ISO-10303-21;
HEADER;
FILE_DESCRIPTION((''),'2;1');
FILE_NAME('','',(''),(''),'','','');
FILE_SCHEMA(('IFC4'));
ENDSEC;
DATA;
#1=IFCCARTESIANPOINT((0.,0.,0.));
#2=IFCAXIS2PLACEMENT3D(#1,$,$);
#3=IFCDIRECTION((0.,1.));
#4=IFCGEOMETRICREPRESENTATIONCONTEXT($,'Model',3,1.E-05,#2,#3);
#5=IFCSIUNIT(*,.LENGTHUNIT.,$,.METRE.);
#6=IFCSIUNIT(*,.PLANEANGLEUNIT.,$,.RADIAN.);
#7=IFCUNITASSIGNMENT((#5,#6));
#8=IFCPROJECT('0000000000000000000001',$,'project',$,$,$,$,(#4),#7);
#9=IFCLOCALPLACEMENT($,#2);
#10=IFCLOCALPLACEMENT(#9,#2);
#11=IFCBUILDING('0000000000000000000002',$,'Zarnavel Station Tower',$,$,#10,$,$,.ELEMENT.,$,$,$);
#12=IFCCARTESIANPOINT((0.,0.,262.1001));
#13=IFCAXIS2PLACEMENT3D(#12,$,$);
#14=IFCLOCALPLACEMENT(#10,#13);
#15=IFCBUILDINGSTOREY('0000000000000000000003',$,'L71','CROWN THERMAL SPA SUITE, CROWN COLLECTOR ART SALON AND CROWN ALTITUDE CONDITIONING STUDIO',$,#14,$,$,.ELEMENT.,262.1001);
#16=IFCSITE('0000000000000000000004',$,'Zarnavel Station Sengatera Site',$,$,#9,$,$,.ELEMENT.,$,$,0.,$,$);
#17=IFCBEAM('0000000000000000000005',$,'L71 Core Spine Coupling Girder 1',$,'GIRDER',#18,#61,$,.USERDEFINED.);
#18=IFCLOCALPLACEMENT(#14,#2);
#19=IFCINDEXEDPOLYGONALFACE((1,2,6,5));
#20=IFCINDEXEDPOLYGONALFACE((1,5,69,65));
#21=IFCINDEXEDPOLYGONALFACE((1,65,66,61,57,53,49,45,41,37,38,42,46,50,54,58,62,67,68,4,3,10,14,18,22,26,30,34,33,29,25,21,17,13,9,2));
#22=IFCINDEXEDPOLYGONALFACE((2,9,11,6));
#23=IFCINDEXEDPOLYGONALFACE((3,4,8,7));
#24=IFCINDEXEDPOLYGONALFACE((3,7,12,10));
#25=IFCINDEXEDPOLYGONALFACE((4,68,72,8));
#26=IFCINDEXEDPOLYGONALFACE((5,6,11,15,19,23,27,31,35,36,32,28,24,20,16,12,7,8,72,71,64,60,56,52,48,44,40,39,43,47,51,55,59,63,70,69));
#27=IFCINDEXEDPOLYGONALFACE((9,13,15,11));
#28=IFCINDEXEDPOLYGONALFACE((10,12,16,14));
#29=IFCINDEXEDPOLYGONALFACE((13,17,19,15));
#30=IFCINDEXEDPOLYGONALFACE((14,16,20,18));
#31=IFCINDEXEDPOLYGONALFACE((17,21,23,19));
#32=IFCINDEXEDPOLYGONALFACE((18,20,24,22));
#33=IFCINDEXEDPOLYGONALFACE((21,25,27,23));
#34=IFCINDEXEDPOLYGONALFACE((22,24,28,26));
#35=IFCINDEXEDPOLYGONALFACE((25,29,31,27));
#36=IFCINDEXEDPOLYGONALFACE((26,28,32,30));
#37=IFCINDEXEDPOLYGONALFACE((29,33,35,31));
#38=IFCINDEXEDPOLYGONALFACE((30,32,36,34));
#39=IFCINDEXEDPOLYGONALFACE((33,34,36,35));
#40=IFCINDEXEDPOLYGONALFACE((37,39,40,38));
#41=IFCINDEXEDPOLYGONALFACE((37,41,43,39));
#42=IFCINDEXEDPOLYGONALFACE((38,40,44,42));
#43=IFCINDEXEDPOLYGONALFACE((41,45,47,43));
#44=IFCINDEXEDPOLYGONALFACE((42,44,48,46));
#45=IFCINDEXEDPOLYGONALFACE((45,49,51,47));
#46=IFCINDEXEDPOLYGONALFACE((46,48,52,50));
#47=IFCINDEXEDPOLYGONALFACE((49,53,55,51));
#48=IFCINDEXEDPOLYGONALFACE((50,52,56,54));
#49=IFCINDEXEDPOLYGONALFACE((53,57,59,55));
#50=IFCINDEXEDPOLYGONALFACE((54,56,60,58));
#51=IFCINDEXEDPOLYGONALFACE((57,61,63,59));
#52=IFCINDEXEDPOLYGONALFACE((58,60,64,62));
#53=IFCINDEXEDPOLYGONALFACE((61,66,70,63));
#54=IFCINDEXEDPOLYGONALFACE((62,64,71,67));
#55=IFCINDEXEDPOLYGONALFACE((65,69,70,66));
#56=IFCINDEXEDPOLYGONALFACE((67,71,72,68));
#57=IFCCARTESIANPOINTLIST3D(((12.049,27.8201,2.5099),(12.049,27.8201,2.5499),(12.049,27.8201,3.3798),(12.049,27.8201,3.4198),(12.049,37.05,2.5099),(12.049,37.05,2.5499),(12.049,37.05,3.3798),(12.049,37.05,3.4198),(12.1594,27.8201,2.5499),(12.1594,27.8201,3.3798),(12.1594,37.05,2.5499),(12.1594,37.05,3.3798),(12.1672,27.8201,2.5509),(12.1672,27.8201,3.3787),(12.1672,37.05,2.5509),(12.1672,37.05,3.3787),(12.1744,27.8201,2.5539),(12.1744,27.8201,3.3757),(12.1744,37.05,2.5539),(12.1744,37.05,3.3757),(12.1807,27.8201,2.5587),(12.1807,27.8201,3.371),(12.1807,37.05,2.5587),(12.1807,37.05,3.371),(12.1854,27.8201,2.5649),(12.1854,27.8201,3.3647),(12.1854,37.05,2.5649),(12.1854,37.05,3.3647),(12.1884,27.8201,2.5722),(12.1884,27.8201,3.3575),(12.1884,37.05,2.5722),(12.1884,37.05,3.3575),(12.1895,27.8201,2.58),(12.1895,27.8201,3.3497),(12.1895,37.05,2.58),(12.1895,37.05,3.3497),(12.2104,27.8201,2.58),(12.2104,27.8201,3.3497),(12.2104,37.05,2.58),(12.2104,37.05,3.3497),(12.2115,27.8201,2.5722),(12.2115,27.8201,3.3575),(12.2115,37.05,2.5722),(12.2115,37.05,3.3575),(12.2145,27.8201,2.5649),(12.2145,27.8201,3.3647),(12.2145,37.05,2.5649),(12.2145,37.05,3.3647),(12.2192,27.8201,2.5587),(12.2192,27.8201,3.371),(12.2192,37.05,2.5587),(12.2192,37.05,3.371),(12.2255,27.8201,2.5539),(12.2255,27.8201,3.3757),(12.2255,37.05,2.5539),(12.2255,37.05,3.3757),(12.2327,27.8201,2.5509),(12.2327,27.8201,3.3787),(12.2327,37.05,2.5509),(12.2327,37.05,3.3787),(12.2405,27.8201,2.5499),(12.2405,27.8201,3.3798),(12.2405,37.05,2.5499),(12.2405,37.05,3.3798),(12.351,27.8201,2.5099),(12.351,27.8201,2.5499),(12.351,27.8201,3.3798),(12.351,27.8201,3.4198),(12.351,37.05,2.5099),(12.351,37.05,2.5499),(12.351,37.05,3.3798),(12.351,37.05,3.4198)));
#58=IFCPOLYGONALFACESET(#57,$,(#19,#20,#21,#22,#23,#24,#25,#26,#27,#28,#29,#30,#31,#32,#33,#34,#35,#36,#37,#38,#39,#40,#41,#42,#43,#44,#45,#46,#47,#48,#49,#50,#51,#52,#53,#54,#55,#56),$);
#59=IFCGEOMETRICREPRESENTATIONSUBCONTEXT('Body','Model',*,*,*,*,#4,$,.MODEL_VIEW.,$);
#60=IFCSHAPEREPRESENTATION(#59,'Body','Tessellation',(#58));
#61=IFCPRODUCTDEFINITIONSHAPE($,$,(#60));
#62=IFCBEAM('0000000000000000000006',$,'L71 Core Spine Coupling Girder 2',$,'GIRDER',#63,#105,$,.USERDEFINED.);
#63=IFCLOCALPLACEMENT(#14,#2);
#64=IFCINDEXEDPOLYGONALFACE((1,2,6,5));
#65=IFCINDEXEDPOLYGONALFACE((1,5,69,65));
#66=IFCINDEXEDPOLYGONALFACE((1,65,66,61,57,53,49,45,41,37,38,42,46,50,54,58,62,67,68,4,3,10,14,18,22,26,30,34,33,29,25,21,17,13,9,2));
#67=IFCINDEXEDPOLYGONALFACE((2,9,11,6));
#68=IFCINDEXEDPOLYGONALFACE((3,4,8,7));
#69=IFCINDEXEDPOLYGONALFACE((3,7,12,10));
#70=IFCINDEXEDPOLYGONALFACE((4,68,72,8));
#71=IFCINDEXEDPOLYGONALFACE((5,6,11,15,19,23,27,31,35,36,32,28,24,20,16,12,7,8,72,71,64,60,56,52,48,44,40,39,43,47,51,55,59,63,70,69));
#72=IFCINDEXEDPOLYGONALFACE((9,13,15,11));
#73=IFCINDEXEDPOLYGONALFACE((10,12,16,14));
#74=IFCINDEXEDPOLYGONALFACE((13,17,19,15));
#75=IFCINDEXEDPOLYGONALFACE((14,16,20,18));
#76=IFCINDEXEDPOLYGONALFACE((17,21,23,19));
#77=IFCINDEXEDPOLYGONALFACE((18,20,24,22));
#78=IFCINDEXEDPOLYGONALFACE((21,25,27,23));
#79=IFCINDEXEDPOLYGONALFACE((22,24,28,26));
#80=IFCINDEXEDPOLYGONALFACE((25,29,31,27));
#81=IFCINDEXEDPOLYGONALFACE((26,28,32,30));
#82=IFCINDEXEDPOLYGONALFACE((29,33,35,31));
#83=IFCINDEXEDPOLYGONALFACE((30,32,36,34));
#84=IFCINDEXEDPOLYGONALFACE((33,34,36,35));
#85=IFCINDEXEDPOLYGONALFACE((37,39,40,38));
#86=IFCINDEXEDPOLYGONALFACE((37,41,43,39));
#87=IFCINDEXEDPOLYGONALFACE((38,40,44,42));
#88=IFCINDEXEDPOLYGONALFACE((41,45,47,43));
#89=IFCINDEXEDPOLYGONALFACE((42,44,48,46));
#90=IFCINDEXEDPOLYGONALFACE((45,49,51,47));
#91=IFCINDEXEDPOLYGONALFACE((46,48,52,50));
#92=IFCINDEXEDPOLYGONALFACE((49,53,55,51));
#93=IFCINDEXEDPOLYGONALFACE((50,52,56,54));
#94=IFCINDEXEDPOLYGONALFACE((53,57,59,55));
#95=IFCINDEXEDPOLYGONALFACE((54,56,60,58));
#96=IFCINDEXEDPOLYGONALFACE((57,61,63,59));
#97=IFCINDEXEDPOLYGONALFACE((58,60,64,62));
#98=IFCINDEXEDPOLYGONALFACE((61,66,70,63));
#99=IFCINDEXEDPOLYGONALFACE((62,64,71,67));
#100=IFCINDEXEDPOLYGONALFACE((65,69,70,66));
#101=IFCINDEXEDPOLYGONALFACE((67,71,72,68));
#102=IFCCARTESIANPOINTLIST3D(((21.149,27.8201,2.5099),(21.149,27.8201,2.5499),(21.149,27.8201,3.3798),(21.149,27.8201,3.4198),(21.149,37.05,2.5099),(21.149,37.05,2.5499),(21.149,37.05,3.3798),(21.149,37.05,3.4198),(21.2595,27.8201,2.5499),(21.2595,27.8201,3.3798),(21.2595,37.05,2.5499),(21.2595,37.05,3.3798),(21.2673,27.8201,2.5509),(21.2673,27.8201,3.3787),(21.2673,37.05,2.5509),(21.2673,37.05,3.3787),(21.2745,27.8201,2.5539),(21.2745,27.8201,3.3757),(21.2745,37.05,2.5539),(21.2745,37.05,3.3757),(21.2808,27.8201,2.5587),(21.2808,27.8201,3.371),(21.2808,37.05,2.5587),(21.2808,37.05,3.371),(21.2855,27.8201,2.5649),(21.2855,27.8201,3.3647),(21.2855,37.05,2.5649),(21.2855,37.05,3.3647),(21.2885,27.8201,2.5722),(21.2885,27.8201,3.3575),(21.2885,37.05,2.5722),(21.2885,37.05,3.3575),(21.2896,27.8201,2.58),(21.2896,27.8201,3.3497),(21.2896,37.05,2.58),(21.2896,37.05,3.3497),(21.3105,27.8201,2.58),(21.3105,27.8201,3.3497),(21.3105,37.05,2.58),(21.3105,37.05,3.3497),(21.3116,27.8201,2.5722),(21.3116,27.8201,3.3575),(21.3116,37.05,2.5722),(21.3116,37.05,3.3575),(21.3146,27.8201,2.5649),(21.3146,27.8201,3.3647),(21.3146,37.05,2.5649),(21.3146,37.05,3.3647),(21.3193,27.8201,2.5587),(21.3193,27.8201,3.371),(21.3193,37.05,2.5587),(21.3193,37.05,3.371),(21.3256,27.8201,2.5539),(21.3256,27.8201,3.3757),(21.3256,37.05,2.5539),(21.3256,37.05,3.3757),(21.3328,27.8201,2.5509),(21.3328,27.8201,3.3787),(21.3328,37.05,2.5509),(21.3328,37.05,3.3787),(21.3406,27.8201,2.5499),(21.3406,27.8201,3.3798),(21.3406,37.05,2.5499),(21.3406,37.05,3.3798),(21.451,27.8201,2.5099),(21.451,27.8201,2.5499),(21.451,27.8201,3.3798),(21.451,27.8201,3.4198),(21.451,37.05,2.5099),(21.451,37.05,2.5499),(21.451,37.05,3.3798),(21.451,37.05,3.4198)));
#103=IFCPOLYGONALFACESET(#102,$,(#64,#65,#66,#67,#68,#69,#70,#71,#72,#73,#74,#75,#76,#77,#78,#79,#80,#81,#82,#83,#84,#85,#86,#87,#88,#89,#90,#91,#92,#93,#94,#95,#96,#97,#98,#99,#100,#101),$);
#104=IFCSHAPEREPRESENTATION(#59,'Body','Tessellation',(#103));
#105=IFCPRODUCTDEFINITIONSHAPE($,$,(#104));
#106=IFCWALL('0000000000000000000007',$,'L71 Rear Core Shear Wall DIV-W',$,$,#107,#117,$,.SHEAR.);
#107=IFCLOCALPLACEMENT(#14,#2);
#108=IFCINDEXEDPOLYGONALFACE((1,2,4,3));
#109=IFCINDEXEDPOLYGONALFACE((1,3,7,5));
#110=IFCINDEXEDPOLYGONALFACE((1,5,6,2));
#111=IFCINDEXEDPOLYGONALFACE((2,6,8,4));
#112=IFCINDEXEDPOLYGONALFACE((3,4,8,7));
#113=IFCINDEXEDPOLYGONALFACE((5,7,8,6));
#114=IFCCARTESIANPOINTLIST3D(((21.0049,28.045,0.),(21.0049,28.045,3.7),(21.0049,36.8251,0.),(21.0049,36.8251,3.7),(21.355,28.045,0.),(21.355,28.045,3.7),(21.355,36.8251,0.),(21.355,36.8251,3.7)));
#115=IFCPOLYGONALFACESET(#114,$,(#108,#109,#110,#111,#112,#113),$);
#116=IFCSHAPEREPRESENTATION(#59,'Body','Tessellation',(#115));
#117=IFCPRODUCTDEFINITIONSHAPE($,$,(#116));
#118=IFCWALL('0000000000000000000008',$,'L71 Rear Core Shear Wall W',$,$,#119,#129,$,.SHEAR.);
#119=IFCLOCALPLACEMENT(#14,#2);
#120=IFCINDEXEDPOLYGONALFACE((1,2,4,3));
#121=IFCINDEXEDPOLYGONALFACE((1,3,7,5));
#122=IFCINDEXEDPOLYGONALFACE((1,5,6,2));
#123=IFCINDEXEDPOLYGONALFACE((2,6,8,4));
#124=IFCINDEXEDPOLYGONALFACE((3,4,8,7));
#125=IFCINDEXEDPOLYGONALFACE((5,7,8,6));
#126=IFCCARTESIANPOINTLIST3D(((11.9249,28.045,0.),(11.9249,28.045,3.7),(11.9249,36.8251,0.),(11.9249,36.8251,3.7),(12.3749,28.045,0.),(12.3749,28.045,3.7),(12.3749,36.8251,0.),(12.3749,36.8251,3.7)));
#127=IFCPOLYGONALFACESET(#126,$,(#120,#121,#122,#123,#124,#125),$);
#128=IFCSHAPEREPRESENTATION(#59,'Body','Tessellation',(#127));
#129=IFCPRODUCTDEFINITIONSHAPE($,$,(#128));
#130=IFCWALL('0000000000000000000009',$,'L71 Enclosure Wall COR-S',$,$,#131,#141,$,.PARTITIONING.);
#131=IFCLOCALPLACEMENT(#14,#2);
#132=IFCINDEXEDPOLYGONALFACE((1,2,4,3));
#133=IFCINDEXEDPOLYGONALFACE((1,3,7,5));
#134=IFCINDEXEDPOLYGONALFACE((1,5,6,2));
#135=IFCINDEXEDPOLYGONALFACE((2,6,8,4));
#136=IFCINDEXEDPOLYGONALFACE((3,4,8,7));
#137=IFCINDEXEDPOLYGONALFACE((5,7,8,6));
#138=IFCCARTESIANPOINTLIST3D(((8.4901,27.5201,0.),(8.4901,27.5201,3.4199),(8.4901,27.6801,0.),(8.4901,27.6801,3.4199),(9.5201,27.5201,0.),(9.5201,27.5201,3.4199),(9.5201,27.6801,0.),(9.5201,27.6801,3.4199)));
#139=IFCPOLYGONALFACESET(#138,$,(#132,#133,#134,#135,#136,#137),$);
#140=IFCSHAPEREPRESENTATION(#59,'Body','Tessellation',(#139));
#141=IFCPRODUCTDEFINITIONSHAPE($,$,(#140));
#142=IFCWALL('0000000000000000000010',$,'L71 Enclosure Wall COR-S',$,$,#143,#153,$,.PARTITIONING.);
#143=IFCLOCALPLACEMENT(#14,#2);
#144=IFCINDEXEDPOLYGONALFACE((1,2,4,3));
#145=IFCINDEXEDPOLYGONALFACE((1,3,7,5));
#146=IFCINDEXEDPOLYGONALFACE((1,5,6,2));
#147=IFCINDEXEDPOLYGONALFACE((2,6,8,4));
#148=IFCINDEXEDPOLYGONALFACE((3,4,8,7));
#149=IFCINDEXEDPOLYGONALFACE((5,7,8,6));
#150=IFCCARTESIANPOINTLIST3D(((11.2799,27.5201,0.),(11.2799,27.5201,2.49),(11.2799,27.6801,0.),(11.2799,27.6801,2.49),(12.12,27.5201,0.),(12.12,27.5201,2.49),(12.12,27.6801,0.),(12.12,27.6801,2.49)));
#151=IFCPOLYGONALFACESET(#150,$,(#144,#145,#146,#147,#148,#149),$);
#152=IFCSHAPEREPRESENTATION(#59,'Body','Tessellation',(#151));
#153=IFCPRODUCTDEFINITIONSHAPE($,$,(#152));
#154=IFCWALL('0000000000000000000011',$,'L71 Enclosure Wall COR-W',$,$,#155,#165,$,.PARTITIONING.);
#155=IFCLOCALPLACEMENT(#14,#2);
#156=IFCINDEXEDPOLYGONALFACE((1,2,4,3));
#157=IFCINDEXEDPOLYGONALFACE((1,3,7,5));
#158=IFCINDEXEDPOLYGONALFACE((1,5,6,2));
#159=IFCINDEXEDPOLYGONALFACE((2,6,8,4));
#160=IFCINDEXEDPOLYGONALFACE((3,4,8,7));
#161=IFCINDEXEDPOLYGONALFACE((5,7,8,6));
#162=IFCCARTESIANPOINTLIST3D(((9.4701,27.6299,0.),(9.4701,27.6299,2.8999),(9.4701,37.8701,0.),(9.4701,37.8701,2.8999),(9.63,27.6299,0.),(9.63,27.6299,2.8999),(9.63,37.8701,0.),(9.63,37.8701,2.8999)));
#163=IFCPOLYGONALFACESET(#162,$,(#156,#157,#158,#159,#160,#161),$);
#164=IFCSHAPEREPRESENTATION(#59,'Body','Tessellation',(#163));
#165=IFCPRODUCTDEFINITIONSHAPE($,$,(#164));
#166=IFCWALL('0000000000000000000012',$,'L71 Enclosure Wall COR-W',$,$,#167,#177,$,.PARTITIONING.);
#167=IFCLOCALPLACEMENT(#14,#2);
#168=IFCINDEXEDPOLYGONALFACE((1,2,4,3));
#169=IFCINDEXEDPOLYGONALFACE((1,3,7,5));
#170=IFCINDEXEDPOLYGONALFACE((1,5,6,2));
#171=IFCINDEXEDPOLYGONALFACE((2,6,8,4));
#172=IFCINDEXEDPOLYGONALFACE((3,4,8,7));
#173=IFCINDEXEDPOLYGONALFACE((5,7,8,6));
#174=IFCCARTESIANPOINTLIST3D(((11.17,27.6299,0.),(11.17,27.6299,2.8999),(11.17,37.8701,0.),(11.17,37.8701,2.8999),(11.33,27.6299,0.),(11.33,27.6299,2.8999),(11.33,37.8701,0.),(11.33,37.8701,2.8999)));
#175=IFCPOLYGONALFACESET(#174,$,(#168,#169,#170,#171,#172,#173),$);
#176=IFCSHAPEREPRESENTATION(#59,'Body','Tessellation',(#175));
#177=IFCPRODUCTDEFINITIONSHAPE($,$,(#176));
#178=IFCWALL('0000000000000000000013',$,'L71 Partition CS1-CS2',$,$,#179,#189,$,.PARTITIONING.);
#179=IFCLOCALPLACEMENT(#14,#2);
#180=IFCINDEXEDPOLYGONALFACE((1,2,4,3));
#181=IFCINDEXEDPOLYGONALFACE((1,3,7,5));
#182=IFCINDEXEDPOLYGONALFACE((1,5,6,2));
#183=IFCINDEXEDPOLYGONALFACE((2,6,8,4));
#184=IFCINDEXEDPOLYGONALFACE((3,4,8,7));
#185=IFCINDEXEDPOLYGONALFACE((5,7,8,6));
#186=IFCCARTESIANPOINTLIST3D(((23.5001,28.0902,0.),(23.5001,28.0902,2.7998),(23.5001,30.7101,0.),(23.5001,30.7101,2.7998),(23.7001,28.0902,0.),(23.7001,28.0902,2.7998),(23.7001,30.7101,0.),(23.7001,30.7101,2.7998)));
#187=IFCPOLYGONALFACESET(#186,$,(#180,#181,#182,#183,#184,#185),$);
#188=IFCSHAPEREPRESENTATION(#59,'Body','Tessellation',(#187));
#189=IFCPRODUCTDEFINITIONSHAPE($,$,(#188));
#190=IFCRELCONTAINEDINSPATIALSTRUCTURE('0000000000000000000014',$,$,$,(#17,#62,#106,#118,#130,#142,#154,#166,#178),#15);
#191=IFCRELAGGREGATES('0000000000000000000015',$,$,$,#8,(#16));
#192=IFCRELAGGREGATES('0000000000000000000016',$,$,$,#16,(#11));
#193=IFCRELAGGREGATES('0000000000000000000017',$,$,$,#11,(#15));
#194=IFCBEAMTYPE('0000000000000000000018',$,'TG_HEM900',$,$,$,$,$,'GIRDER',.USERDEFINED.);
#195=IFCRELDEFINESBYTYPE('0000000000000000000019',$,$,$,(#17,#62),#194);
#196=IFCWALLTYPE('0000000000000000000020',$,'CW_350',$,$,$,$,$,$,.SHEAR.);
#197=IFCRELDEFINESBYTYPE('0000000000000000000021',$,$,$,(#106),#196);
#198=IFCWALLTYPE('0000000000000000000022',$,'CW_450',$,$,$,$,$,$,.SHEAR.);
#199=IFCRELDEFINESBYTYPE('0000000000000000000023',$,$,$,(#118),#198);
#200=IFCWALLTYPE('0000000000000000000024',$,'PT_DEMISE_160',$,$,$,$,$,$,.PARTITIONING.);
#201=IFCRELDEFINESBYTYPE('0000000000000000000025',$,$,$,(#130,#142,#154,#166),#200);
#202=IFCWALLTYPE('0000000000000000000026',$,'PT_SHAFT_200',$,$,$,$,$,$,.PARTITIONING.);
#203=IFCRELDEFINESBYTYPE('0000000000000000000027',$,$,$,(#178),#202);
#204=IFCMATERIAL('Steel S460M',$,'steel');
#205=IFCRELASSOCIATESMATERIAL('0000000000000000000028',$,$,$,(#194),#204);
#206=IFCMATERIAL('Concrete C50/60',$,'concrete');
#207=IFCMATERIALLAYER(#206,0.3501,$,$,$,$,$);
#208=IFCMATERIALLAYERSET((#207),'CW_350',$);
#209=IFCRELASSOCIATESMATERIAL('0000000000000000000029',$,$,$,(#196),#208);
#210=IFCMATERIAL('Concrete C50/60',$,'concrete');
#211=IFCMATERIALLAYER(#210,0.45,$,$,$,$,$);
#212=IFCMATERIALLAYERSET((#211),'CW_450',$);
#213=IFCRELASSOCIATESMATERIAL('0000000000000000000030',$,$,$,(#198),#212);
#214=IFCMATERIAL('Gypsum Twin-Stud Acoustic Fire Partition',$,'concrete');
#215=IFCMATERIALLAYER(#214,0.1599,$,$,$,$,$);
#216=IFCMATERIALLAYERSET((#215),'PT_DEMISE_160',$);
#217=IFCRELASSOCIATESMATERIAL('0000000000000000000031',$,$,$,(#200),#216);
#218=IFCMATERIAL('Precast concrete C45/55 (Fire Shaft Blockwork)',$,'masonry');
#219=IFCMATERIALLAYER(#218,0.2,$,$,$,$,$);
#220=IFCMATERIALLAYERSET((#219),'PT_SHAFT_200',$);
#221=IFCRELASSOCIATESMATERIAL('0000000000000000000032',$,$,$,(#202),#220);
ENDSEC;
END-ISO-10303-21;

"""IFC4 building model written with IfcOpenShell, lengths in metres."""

from ifc_helpers import new_model, si_unit, direction, frame, frame_2d, origin, origin_2d, place, context, subcontext, project, spatial, rectangle, i_section, extrude, material, layer, layer_set, material_profile, profile_set, type_object, element, save


model = new_model("IFC4")

# Units and contexts
model_context = context("Model", 3, precision=1e-05, world=origin(), true_north=direction((0.0, 1.0)))
body_context = subcontext(model_context, "Body", "Model", "MODEL_VIEW")
ifc_project = project(units=[si_unit("LENGTHUNIT", "METRE"), si_unit("PLANEANGLEUNIT", "RADIAN")], contexts=[model_context])

# Site, building, storey
site_placement = place(None, origin())
site = spatial("IfcSite", under=ifc_project, at=site_placement, Name="Zarnavel Station Sengatera Site", CompositionType="ELEMENT", RefElevation=0.0)
building_placement = place(site_placement, origin())
building = spatial("IfcBuilding", under=site, at=building_placement, Name="Zarnavel Station Tower", CompositionType="ELEMENT")
storey_placement = place(building_placement, frame((0.0, 0.0, 262.1001)))
storey = spatial("IfcBuildingStorey", under=building, at=storey_placement, Name="L71", Description="CROWN THERMAL SPA SUITE, CROWN COLLECTOR ART SALON AND CROWN ALTITUDE CONDITIONING STUDIO", CompositionType="ELEMENT", Elevation=262.1001)

# Beams
ifc_material_1 = material(Name="Steel S460M", Category="steel")
ifc_material_profile_1 = material_profile(ifc_material_1, i_section(OverallWidth=0.302, OverallDepth=0.9099, WebThickness=0.021, FlangeThickness=0.04, FilletRadius=0.03, at=origin_2d()), Name="HEM900")
ifc_profile_set_1 = profile_set([ifc_material_profile_1], Name="Steel S460M")
beam_type_1 = type_object("IfcBeamType", Name="TG_HEM900", ElementType="GIRDER", PredefinedType="USERDEFINED", material=ifc_profile_set_1)
for number, where, z_axis, x_axis, name in (
    (1, (12.2, 27.8201, 2.9648), (0.0, 1.0, 0.0), (-1.0, 0.0, 0.0), "L71 Core Spine Coupling Girder 1"),
    (2, (21.3, 27.8201, 2.9648), (0.0, 1.0, 0.0), (-1.0, 0.0, 0.0), "L71 Core Spine Coupling Girder 2"),
):
    element("IfcBeam", number, at=place(storey_placement, frame(where, z_axis=z_axis, x_axis=x_axis)), inside=storey, type_object=beam_type_1, Name=name, ObjectType="GIRDER", PredefinedType="USERDEFINED", context=body_context, shape_type="SweptSolid", body=[
        extrude(i_section(OverallWidth=0.302, OverallDepth=0.9099, WebThickness=0.021, FlangeThickness=0.04, FilletRadius=0.03, at=origin_2d()), origin(), (0.0, 0.0, 1.0), 9.23),
    ])

# Wall
ifc_material_2 = material(Name="Concrete C50/60", Category="concrete")
ifc_layer_1 = layer(ifc_material_2, 0.3501)
ifc_layer_set_1 = layer_set([ifc_layer_1], Name="CW_350")
wall_type_1 = type_object("IfcWallType", Name="CW_350", PredefinedType="SHEAR", material=ifc_layer_set_1)
wall_1_placement = place(storey_placement, frame((21.1799, 28.0449, 0.0), z_axis=(0.0, 0.0, 1.0), x_axis=(0.0, 1.0, 0.0)))
element("IfcWall", 3, at=wall_1_placement, inside=storey, type_object=wall_type_1, Name="L71 Rear Core Shear Wall DIV-W", PredefinedType="SHEAR", context=body_context, shape_type="SweptSolid", body=[
    extrude(rectangle(XDim=8.78, YDim=0.3501, at=frame_2d((4.3901, 0.0))), origin(), (0.0, 0.0, 1.0), 3.7),
])

# Shared definitions
ifc_material_3 = material(Name="Concrete C50/60", Category="concrete")
ifc_layer_2 = layer(ifc_material_3, 0.45)
ifc_layer_set_2 = layer_set([ifc_layer_2], Name="CW_450")
wall_type_2 = type_object("IfcWallType", Name="CW_450", PredefinedType="SHEAR", material=ifc_layer_set_2)

# Walls
wall_2_placement = place(storey_placement, frame((12.1499, 28.0449, 0.0), z_axis=(0.0, 0.0, 1.0), x_axis=(0.0, 1.0, 0.0)))
element("IfcWall", 4, at=wall_2_placement, inside=storey, type_object=wall_type_2, Name="L71 Rear Core Shear Wall W", PredefinedType="SHEAR", context=body_context, shape_type="SweptSolid", body=[
    extrude(rectangle(XDim=8.78, YDim=0.45, at=frame_2d((4.3901, 0.0))), origin(), (0.0, 0.0, 1.0), 3.7),
])
ifc_material_4 = material(Name="Gypsum Twin-Stud Acoustic Fire Partition", Category="concrete")
ifc_layer_3 = layer(ifc_material_4, 0.1599)
ifc_layer_set_3 = layer_set([ifc_layer_3], Name="PT_DEMISE_160")
wall_type_3 = type_object("IfcWallType", Name="PT_DEMISE_160", PredefinedType="PARTITIONING", material=ifc_layer_set_3)
wall_3_placement = place(storey_placement, frame((8.49, 27.6001, 0.0), z_axis=(0.0, 0.0, 1.0), x_axis=(1.0, 0.0, 0.0)))
element("IfcWall", 5, at=wall_3_placement, inside=storey, type_object=wall_type_3, Name="L71 Enclosure Wall COR-S", PredefinedType="PARTITIONING", context=body_context, shape_type="SweptSolid", body=[
    extrude(rectangle(XDim=1.03, YDim=0.1599, at=frame_2d((0.5151, 0.0))), origin(), (0.0, 0.0, 1.0), 3.4199),
])
wall_4_placement = place(storey_placement, frame((11.28, 27.6001, 0.0), z_axis=(0.0, 0.0, 1.0), x_axis=(1.0, 0.0, 0.0)))
element("IfcWall", 6, at=wall_4_placement, inside=storey, type_object=wall_type_3, Name="L71 Enclosure Wall COR-S", PredefinedType="PARTITIONING", context=body_context, shape_type="SweptSolid", body=[
    extrude(rectangle(XDim=0.8401, YDim=0.1599, at=frame_2d((0.4199, 0.0))), origin(), (0.0, 0.0, 1.0), 2.49),
])
for number, where, z_axis, x_axis, name in (
    (7, (9.55, 27.6299, 0.0), (0.0, 0.0, 1.0), (0.0, 1.0, 0.0), "L71 Enclosure Wall COR-W"),
    (8, (11.25, 27.6299, 0.0), (0.0, 0.0, 1.0), (0.0, 1.0, 0.0), "L71 Enclosure Wall COR-W"),
):
    element("IfcWall", number, at=place(storey_placement, frame(where, z_axis=z_axis, x_axis=x_axis)), inside=storey, type_object=wall_type_3, Name=name, PredefinedType="PARTITIONING", context=body_context, shape_type="SweptSolid", body=[
        extrude(rectangle(XDim=10.2402, YDim=0.1599, at=frame_2d((5.1201, 0.0))), origin(), (0.0, 0.0, 1.0), 2.8999),
    ])

# Shared definitions
ifc_material_5 = material(Name="Precast concrete C45/55 (Fire Shaft Blockwork)", Category="masonry")
ifc_layer_4 = layer(ifc_material_5, 0.2)
ifc_layer_set_4 = layer_set([ifc_layer_4], Name="PT_SHAFT_200")
wall_type_4 = type_object("IfcWallType", Name="PT_SHAFT_200", PredefinedType="PARTITIONING", material=ifc_layer_set_4)

# Wall
wall_5_placement = place(storey_placement, frame((23.6001, 28.0901, 0.0), z_axis=(0.0, 0.0, 1.0), x_axis=(0.0, 1.0, 0.0)))
element("IfcWall", 9, at=wall_5_placement, inside=storey, type_object=wall_type_4, Name="L71 Partition CS1-CS2", PredefinedType="PARTITIONING", context=body_context, shape_type="SweptSolid", body=[
    extrude(rectangle(XDim=2.6199, YDim=0.2, at=frame_2d((1.3101, 0.0))), origin(), (0.0, 0.0, 1.0), 2.7998),
])

save(model, "model.ifc")
